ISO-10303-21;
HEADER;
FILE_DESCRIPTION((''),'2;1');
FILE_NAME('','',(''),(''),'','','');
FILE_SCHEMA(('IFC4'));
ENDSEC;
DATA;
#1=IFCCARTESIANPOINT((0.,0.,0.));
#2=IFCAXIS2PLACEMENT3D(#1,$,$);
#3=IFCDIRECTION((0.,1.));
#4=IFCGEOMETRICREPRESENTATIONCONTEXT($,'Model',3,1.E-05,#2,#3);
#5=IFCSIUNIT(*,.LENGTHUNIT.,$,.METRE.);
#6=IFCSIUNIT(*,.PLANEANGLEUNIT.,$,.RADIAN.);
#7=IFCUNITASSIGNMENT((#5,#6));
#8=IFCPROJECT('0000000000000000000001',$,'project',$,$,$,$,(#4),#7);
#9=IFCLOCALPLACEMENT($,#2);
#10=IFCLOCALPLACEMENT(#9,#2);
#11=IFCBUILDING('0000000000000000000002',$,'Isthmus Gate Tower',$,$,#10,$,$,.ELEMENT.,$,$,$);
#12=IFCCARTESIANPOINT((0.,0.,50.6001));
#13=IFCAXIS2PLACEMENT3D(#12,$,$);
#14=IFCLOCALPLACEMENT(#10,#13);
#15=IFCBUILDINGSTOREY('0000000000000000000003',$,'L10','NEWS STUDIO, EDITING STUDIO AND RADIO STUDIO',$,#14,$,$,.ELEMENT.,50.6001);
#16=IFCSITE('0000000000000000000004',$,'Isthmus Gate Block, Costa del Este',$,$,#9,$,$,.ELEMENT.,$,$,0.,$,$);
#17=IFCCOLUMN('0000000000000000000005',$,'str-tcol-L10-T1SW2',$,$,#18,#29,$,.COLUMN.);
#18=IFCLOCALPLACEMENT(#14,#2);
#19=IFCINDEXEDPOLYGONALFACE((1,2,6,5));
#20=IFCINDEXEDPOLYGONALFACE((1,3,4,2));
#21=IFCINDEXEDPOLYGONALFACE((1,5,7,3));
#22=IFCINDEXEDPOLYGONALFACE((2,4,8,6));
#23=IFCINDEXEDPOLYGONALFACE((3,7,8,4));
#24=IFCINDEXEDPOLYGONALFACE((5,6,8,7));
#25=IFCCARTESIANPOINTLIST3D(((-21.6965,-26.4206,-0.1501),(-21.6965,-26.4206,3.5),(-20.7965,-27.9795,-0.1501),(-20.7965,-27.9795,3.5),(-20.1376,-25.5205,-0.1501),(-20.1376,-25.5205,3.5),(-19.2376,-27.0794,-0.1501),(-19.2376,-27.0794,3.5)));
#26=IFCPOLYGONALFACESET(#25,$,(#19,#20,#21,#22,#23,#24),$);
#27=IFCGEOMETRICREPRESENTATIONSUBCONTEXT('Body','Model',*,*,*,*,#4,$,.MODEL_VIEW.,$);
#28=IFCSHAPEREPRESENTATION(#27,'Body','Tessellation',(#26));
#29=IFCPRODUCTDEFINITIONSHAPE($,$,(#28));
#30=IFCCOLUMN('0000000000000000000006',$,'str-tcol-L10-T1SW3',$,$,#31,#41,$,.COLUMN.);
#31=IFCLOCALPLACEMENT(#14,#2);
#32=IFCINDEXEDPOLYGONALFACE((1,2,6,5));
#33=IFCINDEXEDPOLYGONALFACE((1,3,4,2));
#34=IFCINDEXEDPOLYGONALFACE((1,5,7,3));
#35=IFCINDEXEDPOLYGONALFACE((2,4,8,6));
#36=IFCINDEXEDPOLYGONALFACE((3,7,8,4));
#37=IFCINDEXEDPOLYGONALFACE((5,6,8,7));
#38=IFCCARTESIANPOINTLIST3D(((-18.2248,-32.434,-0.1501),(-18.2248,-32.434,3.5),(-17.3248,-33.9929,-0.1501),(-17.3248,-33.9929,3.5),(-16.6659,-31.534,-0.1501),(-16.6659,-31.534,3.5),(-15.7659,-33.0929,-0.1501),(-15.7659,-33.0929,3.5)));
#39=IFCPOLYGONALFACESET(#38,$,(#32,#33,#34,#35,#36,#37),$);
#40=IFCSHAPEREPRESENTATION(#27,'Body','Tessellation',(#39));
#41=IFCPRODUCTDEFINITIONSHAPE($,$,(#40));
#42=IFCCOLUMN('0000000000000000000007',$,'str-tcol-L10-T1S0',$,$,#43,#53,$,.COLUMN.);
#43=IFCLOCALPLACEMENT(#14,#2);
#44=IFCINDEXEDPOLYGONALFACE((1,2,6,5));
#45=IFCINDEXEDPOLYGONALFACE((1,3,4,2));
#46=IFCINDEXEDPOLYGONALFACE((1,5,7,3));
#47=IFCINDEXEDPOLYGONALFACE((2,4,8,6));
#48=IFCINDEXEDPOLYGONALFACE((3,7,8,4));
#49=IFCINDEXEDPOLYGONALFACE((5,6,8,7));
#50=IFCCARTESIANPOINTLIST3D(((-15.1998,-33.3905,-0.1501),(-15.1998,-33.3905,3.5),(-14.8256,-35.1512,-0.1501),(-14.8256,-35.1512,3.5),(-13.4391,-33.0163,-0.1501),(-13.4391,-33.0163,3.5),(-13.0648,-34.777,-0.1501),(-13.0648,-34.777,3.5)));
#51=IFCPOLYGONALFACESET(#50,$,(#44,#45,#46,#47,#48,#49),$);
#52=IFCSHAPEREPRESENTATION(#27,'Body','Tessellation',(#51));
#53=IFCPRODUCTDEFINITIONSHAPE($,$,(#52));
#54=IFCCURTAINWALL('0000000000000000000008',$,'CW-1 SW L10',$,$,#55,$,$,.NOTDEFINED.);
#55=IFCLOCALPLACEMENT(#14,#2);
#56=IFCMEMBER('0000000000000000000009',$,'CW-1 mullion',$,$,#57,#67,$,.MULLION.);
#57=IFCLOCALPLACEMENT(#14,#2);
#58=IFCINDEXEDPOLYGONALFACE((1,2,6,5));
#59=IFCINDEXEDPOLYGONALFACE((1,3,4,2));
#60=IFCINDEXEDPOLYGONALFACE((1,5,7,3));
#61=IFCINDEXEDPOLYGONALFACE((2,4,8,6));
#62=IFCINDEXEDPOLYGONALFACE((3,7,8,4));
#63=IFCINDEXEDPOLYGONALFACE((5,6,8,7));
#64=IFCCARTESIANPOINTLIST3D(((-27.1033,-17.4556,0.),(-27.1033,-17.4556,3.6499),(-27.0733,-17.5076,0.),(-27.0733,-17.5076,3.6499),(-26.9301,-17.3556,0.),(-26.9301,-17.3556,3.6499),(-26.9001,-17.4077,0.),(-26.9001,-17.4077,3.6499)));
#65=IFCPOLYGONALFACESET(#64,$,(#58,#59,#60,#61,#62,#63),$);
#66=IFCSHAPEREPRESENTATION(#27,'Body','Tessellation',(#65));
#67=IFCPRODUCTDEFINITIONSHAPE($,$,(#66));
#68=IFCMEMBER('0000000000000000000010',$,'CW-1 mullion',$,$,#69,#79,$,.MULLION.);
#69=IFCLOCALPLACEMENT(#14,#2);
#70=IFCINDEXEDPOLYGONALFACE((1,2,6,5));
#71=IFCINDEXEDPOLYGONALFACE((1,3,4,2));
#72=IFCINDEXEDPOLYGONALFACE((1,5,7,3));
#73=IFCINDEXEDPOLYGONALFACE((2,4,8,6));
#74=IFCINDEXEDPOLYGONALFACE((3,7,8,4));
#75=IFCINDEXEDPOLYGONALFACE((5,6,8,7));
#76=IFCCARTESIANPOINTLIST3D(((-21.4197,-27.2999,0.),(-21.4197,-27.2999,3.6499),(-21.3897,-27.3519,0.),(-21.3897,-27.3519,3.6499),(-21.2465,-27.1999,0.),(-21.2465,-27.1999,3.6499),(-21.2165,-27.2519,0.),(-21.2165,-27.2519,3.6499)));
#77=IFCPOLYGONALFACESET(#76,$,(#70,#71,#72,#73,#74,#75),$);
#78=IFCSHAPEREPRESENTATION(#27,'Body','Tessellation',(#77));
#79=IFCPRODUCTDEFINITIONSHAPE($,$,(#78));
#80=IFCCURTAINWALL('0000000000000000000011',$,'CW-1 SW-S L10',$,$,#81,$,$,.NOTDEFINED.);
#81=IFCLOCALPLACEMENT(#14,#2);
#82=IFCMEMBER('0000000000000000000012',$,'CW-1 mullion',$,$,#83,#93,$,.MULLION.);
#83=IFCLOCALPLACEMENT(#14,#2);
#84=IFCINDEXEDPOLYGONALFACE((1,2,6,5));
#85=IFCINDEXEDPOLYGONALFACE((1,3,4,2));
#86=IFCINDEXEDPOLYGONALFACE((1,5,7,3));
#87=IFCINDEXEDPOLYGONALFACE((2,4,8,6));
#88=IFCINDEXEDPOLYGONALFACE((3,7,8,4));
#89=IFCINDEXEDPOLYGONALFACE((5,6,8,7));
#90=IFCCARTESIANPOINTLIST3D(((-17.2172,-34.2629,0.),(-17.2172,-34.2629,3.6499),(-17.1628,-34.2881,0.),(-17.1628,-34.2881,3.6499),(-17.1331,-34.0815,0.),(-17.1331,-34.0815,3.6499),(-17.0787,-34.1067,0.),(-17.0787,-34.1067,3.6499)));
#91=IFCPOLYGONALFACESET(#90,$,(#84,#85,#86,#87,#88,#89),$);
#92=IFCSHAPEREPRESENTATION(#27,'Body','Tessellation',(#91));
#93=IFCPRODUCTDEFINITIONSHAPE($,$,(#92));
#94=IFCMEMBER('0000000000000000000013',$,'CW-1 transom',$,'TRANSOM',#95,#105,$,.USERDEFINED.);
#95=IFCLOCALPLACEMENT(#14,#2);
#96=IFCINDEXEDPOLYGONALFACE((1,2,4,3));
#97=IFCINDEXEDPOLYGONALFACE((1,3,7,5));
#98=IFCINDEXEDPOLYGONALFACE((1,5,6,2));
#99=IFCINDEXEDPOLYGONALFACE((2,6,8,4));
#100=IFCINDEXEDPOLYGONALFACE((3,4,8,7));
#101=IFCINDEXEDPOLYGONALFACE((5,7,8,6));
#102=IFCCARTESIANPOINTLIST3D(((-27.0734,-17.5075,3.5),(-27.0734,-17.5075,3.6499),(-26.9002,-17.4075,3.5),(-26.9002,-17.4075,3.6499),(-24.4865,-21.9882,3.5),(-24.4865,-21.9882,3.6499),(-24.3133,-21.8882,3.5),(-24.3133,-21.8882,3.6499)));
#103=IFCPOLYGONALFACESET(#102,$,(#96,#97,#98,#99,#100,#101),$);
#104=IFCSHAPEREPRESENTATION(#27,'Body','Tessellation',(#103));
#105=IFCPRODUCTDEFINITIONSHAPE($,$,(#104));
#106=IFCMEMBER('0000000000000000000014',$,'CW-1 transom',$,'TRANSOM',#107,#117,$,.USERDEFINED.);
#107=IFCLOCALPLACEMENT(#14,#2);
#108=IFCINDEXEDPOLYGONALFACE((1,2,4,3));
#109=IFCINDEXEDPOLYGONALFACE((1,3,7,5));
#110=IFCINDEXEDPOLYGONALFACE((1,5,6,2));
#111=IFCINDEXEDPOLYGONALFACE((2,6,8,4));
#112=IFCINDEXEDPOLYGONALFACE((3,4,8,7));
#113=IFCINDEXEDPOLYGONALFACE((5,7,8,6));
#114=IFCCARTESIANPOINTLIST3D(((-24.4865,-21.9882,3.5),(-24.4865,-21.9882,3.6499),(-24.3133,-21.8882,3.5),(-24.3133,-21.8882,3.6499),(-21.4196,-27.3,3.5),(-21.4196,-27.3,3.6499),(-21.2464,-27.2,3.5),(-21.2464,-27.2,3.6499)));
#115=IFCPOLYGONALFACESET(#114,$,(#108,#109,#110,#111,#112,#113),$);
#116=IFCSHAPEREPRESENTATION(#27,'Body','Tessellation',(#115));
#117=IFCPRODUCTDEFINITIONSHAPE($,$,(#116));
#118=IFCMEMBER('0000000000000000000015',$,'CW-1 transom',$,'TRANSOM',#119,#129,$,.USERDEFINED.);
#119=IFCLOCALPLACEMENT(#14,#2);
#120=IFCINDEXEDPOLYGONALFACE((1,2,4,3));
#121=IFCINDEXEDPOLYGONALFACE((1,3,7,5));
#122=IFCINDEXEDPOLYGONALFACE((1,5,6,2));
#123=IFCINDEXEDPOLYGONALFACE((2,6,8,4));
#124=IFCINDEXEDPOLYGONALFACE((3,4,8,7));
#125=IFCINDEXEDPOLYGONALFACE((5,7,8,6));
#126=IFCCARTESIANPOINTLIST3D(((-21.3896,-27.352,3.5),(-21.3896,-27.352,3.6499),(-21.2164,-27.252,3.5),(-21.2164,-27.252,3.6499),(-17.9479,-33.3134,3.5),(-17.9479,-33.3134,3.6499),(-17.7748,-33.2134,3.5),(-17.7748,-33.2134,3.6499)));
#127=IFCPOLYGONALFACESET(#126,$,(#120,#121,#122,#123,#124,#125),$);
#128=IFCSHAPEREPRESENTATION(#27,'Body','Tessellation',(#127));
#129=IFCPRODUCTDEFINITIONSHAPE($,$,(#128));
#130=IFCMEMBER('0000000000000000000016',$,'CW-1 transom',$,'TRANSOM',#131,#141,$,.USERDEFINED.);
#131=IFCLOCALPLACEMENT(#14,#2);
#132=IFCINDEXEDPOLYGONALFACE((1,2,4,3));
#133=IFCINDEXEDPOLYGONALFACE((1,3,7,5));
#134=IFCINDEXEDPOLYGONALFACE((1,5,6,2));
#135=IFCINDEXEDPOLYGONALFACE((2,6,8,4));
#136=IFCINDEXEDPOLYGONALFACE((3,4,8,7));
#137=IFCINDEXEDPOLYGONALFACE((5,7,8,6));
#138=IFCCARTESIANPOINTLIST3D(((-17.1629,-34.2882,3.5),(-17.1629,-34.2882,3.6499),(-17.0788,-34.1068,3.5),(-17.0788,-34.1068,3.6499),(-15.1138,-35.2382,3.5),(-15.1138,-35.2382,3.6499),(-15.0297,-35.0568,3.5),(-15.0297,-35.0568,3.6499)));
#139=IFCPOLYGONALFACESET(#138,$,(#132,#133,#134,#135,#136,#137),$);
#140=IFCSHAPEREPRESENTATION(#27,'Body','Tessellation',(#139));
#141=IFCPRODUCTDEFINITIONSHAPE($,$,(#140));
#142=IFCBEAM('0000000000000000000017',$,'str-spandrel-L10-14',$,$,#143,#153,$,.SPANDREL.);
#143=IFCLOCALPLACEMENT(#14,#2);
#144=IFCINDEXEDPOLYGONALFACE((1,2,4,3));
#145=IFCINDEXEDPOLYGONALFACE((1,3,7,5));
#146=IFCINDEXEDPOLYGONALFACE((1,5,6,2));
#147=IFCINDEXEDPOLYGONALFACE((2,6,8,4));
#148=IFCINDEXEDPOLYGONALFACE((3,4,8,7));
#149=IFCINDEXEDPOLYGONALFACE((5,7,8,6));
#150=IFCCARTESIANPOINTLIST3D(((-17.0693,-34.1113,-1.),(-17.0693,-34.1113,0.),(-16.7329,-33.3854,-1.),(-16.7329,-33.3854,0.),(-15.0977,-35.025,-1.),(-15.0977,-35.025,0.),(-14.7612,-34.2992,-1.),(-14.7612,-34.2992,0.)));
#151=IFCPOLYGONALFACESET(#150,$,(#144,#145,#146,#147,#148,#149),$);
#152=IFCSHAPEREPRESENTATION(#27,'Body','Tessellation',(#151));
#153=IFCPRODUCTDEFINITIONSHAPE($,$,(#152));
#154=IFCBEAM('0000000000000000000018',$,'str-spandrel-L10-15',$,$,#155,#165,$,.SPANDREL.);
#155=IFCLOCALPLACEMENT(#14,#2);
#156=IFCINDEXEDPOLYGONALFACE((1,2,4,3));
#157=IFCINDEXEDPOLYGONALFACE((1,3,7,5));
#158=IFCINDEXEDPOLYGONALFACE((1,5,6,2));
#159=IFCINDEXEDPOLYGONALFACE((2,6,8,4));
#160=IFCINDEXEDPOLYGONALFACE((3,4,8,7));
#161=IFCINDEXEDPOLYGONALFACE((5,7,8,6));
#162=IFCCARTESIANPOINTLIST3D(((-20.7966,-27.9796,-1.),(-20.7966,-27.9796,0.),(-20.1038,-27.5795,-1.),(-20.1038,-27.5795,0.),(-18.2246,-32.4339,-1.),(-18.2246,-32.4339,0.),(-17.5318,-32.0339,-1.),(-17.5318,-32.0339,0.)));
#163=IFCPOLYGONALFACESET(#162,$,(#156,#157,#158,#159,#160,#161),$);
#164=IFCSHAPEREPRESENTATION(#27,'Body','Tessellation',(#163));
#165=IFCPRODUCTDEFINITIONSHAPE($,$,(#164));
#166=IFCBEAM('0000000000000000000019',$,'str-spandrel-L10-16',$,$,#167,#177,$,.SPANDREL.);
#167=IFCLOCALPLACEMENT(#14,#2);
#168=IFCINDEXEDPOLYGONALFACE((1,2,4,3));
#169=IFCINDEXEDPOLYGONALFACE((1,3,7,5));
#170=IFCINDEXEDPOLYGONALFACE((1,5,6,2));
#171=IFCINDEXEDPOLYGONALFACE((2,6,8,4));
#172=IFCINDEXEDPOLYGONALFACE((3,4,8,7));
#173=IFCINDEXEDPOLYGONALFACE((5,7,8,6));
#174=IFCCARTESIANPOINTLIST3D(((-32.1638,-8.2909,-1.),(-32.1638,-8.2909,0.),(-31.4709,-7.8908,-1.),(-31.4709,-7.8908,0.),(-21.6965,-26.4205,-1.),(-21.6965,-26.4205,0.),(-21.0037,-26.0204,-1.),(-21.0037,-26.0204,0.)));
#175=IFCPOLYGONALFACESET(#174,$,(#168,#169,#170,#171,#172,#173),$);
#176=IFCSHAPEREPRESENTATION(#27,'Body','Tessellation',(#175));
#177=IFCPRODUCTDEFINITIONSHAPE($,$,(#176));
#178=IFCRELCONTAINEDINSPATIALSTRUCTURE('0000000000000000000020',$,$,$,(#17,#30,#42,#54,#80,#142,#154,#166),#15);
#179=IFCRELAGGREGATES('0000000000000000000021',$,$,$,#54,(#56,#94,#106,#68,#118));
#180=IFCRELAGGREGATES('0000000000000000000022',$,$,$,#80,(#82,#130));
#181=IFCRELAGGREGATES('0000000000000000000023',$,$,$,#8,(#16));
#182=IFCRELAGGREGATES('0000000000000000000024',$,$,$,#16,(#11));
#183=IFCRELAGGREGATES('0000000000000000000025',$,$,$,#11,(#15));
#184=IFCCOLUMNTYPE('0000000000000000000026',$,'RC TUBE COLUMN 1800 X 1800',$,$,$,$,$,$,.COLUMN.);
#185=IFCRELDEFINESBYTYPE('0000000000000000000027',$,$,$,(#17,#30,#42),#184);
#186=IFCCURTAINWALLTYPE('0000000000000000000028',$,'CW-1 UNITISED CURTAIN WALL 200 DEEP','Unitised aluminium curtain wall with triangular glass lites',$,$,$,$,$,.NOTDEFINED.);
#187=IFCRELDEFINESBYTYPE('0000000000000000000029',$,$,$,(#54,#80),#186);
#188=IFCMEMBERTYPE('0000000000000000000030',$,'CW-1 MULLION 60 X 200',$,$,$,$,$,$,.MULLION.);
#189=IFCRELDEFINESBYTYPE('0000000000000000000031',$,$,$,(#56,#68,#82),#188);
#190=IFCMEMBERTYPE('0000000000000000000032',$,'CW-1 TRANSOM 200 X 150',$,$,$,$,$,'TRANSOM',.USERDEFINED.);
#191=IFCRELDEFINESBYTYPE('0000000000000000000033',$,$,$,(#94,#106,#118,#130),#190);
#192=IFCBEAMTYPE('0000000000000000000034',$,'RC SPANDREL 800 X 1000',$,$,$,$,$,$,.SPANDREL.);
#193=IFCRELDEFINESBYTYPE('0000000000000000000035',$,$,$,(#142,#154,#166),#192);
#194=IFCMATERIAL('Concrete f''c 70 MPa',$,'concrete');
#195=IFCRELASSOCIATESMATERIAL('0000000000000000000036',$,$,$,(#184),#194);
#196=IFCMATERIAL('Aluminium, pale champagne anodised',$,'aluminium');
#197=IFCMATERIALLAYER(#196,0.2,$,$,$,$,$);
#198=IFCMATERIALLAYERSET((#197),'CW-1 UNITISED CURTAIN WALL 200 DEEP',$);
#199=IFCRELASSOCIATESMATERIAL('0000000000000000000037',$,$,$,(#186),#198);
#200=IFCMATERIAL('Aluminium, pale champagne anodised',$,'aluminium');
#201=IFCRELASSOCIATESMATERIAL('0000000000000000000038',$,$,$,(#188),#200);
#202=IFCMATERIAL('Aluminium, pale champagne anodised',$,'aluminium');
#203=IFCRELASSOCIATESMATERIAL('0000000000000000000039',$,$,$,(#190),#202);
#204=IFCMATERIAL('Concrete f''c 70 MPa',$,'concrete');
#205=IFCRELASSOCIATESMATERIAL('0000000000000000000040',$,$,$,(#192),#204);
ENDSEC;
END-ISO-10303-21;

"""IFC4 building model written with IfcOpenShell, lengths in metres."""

from ifc_helpers import new_model, si_unit, direction, frame, origin, origin_2d, place, context, subcontext, project, spatial, rectangle, extrude, material, layer, layer_set, material_profile, profile_set, type_object, element, aggregate, save


model = new_model("IFC4")

# Units and contexts
model_context = context("Model", 3, precision=1e-05, world=origin(), true_north=direction((0.0, 1.0)))
body_context = subcontext(model_context, "Body", "Model", "MODEL_VIEW")
ifc_project = project(units=[si_unit("LENGTHUNIT", "METRE"), si_unit("PLANEANGLEUNIT", "RADIAN")], contexts=[model_context])

# Site, building, storey
site_placement = place(None, origin())
site = spatial("IfcSite", under=ifc_project, at=site_placement, Name="Isthmus Gate Block, Costa del Este", CompositionType="ELEMENT", RefElevation=0.0)
building_placement = place(site_placement, origin())
building = spatial("IfcBuilding", under=site, at=building_placement, Name="Isthmus Gate Tower", CompositionType="ELEMENT")
storey_placement = place(building_placement, frame((0.0, 0.0, 50.6001)))
storey = spatial("IfcBuildingStorey", under=building, at=storey_placement, Name="L10", Description="NEWS STUDIO, EDITING STUDIO AND RADIO STUDIO", CompositionType="ELEMENT", Elevation=50.6001)

# Columns
ifc_material_1 = material(Name="Concrete f'c 70 MPa", Category="concrete")
ifc_material_profile_1 = material_profile(ifc_material_1, rectangle(XDim=1.8, YDim=1.8, at=origin_2d()), Name="RC 1800X1800")
ifc_profile_set_1 = profile_set([ifc_material_profile_1], Name="Concrete f'c 70 MPa")
column_type = type_object("IfcColumnType", Name="RC TUBE COLUMN 1800 X 1800", PredefinedType="COLUMN", material=ifc_profile_set_1)
for number, where, z_axis, x_axis, name in (
    (1, (-20.467, -26.75, -0.1501), (0.0, 0.0, 1.0), (0.5, -0.866025, 0.0), "str-tcol-L10-T1SW2"),
    (2, (-16.9954, -32.7634, -0.1501), (0.0, 0.0, 1.0), (0.5, -0.866025, 0.0), "str-tcol-L10-T1SW3"),
    (3, (-14.1323, -34.0837, -0.1501), (0.0, 0.0, 1.0), (0.978148, 0.207912, 0.0), "str-tcol-L10-T1S0"),
):
    element("IfcColumn", number, at=place(storey_placement, frame(where, z_axis=z_axis, x_axis=x_axis)), inside=storey, type_object=column_type, Name=name, PredefinedType="COLUMN", context=body_context, shape_type="SweptSolid", body=[
        extrude(rectangle(XDim=1.8, YDim=1.8, at=origin_2d()), origin(), (0.0, 0.0, 1.0), 3.6501),
    ])

# Curtain wall, members
ifc_material_2 = material(Name="Aluminium, pale champagne anodised", Category="aluminium")
ifc_layer_1 = layer(ifc_material_2, 0.2)
ifc_layer_set_1 = layer_set([ifc_layer_1], Name="CW-1 UNITISED CURTAIN WALL 200 DEEP")
curtain_wall_type = type_object("IfcCurtainWallType", Name="CW-1 UNITISED CURTAIN WALL 200 DEEP", Description="Unitised aluminium curtain wall with triangular glass lites", PredefinedType="NOTDEFINED", material=ifc_layer_set_1)
curtain_wall_1_placement = place(storey_placement, origin())
curtain_wall_1 = element("IfcCurtainWall", 4, at=curtain_wall_1_placement, inside=storey, type_object=curtain_wall_type, Name="CW-1 SW L10", PredefinedType="NOTDEFINED")
ifc_material_3 = material(Name="Aluminium, pale champagne anodised", Category="aluminium")
ifc_material_profile_2 = material_profile(ifc_material_3, rectangle(XDim=0.0601, YDim=0.2, at=origin_2d()), Name="60x200")
ifc_profile_set_2 = profile_set([ifc_material_profile_2], Name="Aluminium, pale champagne anodised")
member_type_1 = type_object("IfcMemberType", Name="CW-1 MULLION 60 X 200", PredefinedType="MULLION", material=ifc_profile_set_2)
member_1_placement = place(storey_placement, frame((-27.0017, -17.4316, 0.0), z_axis=(0.0, 0.0, 1.0), x_axis=(0.5, -0.866025, 0.0)))
member_1 = element("IfcMember", 5, at=member_1_placement, type_object=member_type_1, Name="CW-1 mullion", PredefinedType="MULLION", context=body_context, shape_type="SweptSolid", body=[
    extrude(rectangle(XDim=0.0601, YDim=0.2, at=origin_2d()), origin(), (0.0, 0.0, 1.0), 3.6499),
])
member_2_placement = place(storey_placement, frame((-21.3181, -27.2759, 0.0), z_axis=(0.0, 0.0, 1.0), x_axis=(0.5, -0.866025, 0.0)))
member_2 = element("IfcMember", 6, at=member_2_placement, type_object=member_type_1, Name="CW-1 mullion", PredefinedType="MULLION", context=body_context, shape_type="SweptSolid", body=[
    extrude(rectangle(XDim=0.0601, YDim=0.2, at=origin_2d()), origin(), (0.0, 0.0, 1.0), 3.6499),
])

# Curtain wall, member
curtain_wall_2_placement = place(storey_placement, origin())
curtain_wall_2 = element("IfcCurtainWall", 7, at=curtain_wall_2_placement, inside=storey, type_object=curtain_wall_type, Name="CW-1 SW-S L10", PredefinedType="NOTDEFINED")
member_3_placement = place(storey_placement, frame((-17.1479, -34.1848, 0.0), z_axis=(0.0, 0.0, 1.0), x_axis=(0.907256, -0.420578, 0.0)))
member_3 = element("IfcMember", 8, at=member_3_placement, type_object=member_type_1, Name="CW-1 mullion", PredefinedType="MULLION", context=body_context, shape_type="SweptSolid", body=[
    extrude(rectangle(XDim=0.0601, YDim=0.2, at=origin_2d()), origin(), (0.0, 0.0, 1.0), 3.6499),
])

# Members
ifc_material_4 = material(Name="Aluminium, pale champagne anodised", Category="aluminium")
ifc_material_profile_3 = material_profile(ifc_material_4, rectangle(XDim=0.2, YDim=0.1499, at=origin_2d()), Name="200x150")
ifc_profile_set_3 = profile_set([ifc_material_profile_3], Name="Aluminium, pale champagne anodised")
member_type_2 = type_object("IfcMemberType", Name="CW-1 TRANSOM 200 X 150", ElementType="TRANSOM", PredefinedType="USERDEFINED", material=ifc_profile_set_3)
member_4_placement = place(storey_placement, frame((-26.9868, -17.4575, 3.575), z_axis=(0.499996, -0.866028, 0.0), x_axis=(0.866028, 0.499996, 0.0)))
member_4 = element("IfcMember", 9, at=member_4_placement, type_object=member_type_2, Name="CW-1 transom", ObjectType="TRANSOM", PredefinedType="USERDEFINED", context=body_context, shape_type="SweptSolid", body=[
    extrude(rectangle(XDim=0.2, YDim=0.1499, at=origin_2d()), origin(), (0.0, 0.0, 1.0), 5.1738),
])
member_5_placement = place(storey_placement, frame((-24.3999, -21.9382, 3.575), z_axis=(0.500018, -0.866015, 0.0), x_axis=(0.866015, 0.500018, 0.0)))
member_5 = element("IfcMember", 10, at=member_5_placement, type_object=member_type_2, Name="CW-1 transom", ObjectType="TRANSOM", PredefinedType="USERDEFINED", context=body_context, shape_type="SweptSolid", body=[
    extrude(rectangle(XDim=0.2, YDim=0.1499, at=origin_2d()), origin(), (0.0, 0.0, 1.0), 6.1335),
])
member_6_placement = place(storey_placement, frame((-21.303, -27.302, 3.575), z_axis=(0.49998, -0.866037, 0.0), x_axis=(0.866037, 0.49998, 0.0)))
member_6 = element("IfcMember", 11, at=member_6_placement, type_object=member_type_2, Name="CW-1 transom", ObjectType="TRANSOM", PredefinedType="USERDEFINED", context=body_context, shape_type="SweptSolid", body=[
    extrude(rectangle(XDim=0.2, YDim=0.1499, at=origin_2d()), origin(), (0.0, 0.0, 1.0), 6.8835),
])
member_7_placement = place(storey_placement, frame((-17.1208, -34.1975, 3.575), z_axis=(0.907246, -0.4206, 0.0), x_axis=(0.4206, 0.907246, 0.0)))
member_7 = element("IfcMember", 12, at=member_7_placement, type_object=member_type_2, Name="CW-1 transom", ObjectType="TRANSOM", PredefinedType="USERDEFINED", context=body_context, shape_type="SweptSolid", body=[
    extrude(rectangle(XDim=0.2, YDim=0.1499, at=origin_2d()), origin(), (0.0, 0.0, 1.0), 2.2585),
])

# Beams
ifc_material_5 = material(Name="Concrete f'c 70 MPa", Category="concrete")
ifc_material_profile_4 = material_profile(ifc_material_5, rectangle(XDim=0.8, YDim=1.0, at=origin_2d()), Name="RC 800X1000")
ifc_profile_set_4 = profile_set([ifc_material_profile_4], Name="Concrete f'c 70 MPa")
beam_type_1 = type_object("IfcBeamType", Name="RC SPANDREL 800 X 1000", PredefinedType="SPANDREL", material=ifc_profile_set_4)
beam_1_placement = place(storey_placement, frame((-14.9294, -34.6621, -0.5), z_axis=(-0.907291, 0.420504, 0.0), x_axis=(-0.420504, -0.907291, 0.0)))
element("IfcBeam", 13, at=beam_1_placement, inside=storey, type_object=beam_type_1, Name="str-spandrel-L10-14", PredefinedType="SPANDREL", context=body_context, shape_type="SweptSolid", body=[
    extrude(rectangle(XDim=0.8, YDim=1.0, at=origin_2d()), origin(), (0.0, 0.0, 1.0), 2.1731),
])
beam_2_placement = place(storey_placement, frame((-17.8782, -32.2339, -0.5), z_axis=(-0.500044, 0.866, 0.0), x_axis=(-0.866, -0.500044, 0.0)))
element("IfcBeam", 14, at=beam_2_placement, inside=storey, type_object=beam_type_1, Name="str-spandrel-L10-15", PredefinedType="SPANDREL", context=body_context, shape_type="SweptSolid", body=[
    extrude(rectangle(XDim=0.8, YDim=1.0, at=origin_2d()), origin(), (0.0, 0.0, 1.0), 5.1436),
])
beam_3_placement = place(storey_placement, frame((-21.3501, -26.2205, -0.5), z_axis=(-0.500005, 0.866023, 0.0), x_axis=(-0.866023, -0.500005, 0.0)))
element("IfcBeam", 15, at=beam_3_placement, inside=storey, type_object=beam_type_1, Name="str-spandrel-L10-16", PredefinedType="SPANDREL", context=body_context, shape_type="SweptSolid", body=[
    extrude(rectangle(XDim=0.8, YDim=1.0, at=origin_2d()), origin(), (0.0, 0.0, 1.0), 20.9343),
])

aggregate(curtain_wall_1, [member_1, member_4, member_5, member_2, member_6])
aggregate(curtain_wall_2, [member_3, member_7])

save(model, "model.ifc")
